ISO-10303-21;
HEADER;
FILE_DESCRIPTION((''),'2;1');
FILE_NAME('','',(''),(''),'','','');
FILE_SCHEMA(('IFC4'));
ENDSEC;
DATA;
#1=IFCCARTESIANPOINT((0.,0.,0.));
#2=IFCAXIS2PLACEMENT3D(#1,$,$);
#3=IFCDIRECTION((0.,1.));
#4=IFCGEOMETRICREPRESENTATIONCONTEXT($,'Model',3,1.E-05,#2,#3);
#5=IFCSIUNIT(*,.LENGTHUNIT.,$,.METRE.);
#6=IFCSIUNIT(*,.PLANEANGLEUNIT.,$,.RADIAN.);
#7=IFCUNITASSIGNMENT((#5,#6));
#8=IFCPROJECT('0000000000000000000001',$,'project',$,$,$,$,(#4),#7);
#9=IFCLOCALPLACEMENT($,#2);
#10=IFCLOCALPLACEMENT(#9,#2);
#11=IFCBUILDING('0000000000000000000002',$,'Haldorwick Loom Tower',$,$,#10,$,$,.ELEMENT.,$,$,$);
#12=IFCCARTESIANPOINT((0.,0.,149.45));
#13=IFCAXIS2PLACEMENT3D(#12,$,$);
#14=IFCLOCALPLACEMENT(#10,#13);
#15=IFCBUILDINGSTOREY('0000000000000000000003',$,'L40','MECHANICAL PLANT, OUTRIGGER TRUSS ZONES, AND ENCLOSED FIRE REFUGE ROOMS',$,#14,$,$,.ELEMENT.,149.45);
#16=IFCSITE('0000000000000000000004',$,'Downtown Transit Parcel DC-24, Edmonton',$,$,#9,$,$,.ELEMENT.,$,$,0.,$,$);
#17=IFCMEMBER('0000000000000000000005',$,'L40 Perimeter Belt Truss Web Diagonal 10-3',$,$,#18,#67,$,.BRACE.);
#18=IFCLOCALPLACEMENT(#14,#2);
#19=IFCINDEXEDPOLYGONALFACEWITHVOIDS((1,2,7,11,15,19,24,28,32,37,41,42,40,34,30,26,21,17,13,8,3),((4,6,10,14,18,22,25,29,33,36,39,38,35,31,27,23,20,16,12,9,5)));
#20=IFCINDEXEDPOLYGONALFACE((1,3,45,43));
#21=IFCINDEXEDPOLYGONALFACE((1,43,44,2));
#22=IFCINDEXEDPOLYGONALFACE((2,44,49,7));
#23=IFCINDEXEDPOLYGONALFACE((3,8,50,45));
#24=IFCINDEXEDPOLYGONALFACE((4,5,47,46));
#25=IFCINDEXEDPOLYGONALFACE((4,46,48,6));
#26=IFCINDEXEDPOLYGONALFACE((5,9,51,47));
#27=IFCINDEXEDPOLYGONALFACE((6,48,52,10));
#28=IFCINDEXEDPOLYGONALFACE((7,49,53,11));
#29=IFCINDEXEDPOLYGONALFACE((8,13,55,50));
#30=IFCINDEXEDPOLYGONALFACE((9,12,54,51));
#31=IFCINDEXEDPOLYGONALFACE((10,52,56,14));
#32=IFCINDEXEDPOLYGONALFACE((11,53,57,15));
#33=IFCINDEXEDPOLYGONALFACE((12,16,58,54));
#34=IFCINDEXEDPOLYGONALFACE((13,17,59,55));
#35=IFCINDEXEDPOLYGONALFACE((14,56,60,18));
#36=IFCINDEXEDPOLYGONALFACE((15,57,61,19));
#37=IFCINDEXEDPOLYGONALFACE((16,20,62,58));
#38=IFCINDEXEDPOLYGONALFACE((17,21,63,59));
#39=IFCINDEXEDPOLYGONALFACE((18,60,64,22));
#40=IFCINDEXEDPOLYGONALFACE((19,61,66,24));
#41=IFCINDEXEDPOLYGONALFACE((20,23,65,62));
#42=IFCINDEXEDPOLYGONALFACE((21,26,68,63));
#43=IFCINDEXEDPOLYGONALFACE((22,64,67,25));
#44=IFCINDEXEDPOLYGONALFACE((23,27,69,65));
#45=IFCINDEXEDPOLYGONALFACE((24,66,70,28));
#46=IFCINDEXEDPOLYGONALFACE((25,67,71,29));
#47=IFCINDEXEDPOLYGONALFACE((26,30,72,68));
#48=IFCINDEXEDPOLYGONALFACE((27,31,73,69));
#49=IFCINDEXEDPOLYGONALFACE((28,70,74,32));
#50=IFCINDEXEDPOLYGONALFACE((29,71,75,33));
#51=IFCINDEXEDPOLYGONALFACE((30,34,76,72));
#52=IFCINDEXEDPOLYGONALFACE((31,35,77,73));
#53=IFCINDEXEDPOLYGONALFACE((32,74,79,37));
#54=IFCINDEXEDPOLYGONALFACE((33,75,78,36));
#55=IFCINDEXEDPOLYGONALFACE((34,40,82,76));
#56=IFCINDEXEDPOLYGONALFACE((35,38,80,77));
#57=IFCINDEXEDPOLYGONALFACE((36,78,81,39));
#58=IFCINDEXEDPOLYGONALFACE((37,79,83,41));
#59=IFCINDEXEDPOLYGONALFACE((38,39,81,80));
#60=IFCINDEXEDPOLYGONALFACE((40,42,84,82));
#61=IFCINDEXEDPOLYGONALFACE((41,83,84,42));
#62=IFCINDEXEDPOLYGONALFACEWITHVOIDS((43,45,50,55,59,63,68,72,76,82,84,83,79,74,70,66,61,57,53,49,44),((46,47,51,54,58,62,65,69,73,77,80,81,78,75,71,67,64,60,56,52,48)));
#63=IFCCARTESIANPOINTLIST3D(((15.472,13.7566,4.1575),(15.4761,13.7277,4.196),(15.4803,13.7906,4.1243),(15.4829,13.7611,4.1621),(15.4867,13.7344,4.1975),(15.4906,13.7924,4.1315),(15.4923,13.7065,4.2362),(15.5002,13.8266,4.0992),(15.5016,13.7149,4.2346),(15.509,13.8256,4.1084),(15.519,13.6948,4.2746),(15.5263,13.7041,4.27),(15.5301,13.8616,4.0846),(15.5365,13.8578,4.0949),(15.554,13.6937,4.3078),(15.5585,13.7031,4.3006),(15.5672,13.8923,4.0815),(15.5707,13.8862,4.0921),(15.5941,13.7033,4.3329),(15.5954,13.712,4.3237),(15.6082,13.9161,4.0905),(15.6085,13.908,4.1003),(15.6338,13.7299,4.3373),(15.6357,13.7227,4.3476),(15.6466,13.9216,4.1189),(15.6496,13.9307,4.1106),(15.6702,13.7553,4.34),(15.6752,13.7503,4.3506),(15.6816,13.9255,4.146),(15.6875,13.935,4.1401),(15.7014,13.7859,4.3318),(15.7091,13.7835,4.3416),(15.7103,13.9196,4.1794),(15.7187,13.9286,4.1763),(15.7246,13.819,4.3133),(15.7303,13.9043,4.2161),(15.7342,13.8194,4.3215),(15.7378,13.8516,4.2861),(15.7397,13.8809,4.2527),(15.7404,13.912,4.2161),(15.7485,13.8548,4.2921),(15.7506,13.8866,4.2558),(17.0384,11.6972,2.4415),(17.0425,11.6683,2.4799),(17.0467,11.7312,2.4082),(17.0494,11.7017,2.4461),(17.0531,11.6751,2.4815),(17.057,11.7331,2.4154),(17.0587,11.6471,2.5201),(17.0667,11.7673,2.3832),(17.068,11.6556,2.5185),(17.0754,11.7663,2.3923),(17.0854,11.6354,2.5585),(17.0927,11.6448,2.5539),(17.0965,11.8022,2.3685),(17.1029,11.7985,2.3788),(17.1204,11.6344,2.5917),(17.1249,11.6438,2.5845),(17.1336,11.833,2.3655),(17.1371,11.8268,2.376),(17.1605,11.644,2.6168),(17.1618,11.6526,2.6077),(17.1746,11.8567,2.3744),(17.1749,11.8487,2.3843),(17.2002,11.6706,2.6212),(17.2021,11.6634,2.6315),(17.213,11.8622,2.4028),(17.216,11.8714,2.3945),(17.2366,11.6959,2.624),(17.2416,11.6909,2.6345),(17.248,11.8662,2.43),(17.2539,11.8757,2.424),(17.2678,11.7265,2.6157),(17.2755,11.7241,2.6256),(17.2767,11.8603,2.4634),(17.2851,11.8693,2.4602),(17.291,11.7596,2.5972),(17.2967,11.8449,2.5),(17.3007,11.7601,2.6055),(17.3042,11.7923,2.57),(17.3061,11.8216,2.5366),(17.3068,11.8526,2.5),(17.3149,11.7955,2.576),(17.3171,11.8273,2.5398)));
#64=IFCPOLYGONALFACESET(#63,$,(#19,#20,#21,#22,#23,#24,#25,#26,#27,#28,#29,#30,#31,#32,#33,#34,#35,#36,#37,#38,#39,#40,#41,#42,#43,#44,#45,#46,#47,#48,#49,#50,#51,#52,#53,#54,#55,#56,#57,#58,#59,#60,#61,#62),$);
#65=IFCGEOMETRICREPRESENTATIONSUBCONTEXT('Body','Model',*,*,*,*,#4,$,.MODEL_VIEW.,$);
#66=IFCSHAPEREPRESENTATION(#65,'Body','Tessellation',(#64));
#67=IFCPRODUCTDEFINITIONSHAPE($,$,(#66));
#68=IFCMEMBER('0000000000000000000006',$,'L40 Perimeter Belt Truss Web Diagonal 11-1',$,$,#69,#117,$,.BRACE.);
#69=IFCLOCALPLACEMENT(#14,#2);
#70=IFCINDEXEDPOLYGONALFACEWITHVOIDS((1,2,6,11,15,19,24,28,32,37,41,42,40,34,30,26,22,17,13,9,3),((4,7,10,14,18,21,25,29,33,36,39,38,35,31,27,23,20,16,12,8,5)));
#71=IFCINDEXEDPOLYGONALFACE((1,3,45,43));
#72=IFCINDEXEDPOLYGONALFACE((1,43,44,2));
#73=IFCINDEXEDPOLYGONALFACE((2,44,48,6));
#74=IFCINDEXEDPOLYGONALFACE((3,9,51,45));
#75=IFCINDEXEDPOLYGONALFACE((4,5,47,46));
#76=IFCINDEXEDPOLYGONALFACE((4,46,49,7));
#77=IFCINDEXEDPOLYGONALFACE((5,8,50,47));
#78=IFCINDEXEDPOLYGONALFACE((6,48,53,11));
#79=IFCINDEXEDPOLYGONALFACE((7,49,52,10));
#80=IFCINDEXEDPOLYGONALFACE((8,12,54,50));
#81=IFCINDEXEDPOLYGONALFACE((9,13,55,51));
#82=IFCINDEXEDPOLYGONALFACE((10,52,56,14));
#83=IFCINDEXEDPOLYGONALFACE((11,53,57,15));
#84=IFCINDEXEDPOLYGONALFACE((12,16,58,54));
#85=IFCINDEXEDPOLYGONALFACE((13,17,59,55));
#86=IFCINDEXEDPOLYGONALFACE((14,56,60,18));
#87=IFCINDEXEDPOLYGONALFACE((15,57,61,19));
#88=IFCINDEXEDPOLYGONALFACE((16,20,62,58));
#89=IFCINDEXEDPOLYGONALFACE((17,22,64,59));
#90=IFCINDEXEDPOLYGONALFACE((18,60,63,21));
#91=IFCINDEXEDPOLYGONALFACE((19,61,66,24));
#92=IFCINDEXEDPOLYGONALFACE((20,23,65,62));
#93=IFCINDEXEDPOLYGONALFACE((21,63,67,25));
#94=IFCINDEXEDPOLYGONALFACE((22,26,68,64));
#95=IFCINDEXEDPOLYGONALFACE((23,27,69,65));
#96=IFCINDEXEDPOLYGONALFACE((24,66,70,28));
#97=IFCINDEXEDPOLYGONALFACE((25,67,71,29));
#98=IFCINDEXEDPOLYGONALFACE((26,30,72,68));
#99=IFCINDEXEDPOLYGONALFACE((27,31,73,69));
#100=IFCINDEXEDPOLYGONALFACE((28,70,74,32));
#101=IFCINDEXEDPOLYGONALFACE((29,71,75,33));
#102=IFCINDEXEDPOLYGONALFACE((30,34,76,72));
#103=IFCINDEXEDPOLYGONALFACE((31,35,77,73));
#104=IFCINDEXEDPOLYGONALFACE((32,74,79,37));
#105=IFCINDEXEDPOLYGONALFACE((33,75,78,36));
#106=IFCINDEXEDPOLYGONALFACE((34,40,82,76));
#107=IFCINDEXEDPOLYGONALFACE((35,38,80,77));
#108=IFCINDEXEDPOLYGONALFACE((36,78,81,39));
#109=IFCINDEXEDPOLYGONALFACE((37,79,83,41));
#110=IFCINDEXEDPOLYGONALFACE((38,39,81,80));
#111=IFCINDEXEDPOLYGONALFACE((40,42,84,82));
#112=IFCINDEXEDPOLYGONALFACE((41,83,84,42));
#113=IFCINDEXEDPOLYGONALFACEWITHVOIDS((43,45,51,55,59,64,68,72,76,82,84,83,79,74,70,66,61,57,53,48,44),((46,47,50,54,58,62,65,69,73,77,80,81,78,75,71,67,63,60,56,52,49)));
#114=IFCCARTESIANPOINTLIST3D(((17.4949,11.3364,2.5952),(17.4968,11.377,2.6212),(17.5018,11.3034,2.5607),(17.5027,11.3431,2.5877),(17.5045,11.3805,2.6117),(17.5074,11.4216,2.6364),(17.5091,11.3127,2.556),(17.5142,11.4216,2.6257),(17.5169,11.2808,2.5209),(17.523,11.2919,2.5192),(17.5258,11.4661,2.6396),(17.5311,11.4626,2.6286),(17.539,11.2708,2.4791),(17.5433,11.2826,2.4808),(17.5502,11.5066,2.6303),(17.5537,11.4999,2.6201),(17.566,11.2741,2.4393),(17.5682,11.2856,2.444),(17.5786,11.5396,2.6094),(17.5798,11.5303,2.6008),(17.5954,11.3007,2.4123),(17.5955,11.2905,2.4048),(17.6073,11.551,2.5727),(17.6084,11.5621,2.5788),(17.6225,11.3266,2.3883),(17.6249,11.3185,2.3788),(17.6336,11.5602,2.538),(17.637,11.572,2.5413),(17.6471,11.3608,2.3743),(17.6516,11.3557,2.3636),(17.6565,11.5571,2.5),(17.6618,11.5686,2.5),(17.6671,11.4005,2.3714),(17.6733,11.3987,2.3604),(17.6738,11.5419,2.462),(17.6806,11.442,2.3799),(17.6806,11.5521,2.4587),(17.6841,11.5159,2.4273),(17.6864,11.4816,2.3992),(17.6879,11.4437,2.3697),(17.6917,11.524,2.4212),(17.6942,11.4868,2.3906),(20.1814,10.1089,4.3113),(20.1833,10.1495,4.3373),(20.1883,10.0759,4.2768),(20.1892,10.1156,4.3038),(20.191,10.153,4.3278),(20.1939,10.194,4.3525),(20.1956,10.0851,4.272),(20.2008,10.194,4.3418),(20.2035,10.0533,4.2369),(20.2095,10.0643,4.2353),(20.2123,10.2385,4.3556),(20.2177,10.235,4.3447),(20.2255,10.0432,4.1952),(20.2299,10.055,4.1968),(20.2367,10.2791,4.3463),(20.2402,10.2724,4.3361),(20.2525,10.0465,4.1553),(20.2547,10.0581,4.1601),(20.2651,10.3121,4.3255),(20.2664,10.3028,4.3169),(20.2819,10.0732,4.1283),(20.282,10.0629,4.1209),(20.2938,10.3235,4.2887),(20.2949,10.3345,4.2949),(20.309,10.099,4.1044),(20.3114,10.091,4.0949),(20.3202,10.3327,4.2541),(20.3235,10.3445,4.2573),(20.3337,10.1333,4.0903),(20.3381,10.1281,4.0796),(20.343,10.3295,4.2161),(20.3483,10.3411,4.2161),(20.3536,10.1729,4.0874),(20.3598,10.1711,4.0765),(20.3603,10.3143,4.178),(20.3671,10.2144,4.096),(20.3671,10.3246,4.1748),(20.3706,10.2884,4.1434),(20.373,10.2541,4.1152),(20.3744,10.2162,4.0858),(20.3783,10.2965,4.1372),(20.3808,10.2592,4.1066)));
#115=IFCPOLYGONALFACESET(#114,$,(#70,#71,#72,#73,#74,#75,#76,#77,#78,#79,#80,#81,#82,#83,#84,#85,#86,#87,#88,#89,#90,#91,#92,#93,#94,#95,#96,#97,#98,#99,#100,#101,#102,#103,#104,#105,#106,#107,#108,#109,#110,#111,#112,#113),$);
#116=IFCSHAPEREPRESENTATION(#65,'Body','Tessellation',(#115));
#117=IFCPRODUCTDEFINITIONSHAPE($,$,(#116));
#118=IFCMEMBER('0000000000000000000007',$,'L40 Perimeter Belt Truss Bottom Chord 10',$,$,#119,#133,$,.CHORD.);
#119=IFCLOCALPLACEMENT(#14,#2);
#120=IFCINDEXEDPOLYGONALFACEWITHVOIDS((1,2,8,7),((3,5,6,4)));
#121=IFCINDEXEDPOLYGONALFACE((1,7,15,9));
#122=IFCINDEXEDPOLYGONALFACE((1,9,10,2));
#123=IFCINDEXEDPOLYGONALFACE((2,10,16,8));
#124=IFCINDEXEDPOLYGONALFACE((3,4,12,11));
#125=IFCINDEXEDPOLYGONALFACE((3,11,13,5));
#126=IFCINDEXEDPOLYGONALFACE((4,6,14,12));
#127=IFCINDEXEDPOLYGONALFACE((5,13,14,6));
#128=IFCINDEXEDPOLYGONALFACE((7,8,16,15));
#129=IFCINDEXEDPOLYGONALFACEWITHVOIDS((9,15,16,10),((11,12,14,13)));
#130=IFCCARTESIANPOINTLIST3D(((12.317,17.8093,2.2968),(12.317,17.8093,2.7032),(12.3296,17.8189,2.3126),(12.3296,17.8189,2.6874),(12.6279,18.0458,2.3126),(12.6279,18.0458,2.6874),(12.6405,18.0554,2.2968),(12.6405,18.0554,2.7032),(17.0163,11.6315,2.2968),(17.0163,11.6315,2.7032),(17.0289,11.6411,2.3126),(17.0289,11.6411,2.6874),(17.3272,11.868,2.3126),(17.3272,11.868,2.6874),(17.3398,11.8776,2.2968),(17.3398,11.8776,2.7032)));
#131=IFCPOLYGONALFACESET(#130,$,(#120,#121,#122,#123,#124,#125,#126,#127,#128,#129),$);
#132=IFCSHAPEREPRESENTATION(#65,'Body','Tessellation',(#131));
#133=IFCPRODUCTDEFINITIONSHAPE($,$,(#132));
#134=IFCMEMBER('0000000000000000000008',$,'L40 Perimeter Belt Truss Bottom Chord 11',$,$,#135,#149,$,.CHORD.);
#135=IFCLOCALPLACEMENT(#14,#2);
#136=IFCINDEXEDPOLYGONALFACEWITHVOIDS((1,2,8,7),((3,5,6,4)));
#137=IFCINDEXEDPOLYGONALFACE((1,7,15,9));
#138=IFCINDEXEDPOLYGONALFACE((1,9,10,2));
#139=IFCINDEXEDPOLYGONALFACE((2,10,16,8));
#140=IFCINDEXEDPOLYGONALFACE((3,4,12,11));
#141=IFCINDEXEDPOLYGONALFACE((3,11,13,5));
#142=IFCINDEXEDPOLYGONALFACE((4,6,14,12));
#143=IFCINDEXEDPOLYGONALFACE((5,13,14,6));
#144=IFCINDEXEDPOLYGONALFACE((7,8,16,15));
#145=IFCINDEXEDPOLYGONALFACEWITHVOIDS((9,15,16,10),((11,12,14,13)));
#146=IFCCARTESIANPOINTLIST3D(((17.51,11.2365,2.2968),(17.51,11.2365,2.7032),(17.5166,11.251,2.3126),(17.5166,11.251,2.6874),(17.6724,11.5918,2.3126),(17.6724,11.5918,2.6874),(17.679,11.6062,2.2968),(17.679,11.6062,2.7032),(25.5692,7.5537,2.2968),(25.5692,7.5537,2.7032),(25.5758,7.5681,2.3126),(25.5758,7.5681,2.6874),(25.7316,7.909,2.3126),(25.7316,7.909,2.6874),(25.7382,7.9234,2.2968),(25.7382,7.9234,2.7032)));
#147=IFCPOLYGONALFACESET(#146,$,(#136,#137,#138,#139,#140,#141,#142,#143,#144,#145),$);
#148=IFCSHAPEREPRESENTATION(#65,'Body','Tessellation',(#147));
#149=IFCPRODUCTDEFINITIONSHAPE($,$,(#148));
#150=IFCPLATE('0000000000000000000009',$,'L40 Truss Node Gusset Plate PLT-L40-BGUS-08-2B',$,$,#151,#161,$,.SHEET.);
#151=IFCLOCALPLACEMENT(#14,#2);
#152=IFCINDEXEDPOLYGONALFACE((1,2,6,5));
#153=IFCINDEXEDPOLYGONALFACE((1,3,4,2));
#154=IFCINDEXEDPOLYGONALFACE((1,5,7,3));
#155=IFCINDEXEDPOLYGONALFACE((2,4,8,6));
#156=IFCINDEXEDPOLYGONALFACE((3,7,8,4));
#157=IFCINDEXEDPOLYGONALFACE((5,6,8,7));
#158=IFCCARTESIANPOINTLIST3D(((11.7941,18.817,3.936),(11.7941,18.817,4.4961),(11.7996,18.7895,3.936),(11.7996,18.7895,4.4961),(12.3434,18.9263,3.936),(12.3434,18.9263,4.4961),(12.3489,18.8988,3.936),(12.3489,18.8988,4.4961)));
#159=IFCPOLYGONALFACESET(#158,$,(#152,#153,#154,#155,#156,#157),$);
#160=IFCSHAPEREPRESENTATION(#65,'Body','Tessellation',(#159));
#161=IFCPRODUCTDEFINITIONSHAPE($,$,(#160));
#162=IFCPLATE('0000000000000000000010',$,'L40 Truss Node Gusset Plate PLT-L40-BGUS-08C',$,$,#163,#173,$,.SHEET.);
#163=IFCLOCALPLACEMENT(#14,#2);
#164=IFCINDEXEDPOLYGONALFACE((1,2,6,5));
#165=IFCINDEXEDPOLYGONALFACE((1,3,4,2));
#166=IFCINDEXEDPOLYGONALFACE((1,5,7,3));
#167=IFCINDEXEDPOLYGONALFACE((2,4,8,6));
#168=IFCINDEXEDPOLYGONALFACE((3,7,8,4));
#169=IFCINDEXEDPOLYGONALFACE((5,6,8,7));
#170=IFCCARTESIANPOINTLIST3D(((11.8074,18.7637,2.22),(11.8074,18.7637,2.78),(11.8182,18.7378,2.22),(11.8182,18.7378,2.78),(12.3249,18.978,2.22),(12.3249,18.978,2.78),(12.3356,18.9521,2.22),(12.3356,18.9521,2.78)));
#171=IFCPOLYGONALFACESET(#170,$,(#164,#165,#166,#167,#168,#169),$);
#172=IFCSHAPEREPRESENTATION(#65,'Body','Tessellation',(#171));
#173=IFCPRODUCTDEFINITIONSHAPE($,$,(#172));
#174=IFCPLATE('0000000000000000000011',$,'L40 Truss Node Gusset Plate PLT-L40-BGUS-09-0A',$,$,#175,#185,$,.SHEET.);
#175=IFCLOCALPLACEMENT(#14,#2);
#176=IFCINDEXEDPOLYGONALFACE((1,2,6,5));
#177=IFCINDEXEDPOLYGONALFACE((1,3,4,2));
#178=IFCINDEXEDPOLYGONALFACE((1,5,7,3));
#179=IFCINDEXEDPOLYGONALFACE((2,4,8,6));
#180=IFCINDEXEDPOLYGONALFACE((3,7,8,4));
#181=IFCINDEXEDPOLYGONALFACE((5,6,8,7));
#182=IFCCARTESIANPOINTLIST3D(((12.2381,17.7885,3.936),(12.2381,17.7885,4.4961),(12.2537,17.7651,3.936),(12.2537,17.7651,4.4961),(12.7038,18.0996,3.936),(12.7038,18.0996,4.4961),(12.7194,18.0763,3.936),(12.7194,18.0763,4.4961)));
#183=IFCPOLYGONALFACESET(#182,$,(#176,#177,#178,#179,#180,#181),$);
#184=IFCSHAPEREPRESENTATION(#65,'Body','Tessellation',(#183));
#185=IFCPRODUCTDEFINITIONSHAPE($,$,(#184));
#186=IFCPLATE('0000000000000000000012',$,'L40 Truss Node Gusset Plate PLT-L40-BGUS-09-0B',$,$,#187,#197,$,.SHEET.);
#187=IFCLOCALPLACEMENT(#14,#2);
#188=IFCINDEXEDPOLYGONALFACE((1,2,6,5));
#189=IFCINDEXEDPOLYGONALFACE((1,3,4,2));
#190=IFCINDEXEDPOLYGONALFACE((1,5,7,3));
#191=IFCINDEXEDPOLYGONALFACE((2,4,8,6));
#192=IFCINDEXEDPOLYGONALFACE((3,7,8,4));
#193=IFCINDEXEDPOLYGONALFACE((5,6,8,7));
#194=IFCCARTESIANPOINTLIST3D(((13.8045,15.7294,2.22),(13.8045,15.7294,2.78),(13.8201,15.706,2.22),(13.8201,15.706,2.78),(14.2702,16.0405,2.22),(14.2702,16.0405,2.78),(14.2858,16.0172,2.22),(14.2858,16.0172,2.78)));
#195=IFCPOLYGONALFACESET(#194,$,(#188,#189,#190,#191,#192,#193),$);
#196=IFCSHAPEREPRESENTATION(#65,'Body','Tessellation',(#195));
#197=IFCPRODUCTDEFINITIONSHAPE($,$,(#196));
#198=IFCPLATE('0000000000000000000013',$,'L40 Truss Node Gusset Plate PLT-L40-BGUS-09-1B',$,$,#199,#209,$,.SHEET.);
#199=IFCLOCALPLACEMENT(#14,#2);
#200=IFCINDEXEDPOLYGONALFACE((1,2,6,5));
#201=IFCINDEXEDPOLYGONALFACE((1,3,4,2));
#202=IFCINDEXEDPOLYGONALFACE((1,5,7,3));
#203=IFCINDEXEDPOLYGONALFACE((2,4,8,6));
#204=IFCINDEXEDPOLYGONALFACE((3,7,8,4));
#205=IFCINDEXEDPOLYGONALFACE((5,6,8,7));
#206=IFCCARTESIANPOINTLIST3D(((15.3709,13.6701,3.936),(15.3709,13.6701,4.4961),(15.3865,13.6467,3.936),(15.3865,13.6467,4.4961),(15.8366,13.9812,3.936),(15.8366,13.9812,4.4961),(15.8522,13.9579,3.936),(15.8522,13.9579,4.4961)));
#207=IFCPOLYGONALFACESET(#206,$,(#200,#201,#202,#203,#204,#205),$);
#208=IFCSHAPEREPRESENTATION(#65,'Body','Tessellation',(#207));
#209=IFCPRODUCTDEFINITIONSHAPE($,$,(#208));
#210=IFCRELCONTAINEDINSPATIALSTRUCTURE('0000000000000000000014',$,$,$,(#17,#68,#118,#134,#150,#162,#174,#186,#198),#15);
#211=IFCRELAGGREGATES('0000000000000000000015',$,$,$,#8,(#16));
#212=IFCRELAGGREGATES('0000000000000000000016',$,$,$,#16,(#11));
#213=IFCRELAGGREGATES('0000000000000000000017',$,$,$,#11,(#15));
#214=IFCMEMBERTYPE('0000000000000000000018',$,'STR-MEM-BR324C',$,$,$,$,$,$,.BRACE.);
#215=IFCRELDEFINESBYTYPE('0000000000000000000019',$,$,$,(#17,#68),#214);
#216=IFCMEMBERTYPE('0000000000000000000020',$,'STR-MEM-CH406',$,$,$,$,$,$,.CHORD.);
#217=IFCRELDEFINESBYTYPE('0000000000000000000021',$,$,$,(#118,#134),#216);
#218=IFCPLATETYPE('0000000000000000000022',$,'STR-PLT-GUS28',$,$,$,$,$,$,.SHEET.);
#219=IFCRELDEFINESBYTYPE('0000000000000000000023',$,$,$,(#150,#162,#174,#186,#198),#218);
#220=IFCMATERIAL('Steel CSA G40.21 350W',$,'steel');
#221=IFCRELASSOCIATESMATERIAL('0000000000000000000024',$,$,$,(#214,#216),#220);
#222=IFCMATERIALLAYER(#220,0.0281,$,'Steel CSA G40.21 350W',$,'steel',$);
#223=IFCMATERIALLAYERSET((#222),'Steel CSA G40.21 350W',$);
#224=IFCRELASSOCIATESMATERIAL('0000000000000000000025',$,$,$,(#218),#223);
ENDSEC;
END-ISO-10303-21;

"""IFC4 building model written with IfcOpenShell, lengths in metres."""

from ifc_helpers import new_model, si_unit, direction, frame, origin, origin_2d, place, context, subcontext, project, spatial, rectangle, hollow_rectangle, hollow_circle, extrude, material, layer, layer_set, material_profile, profile_set, type_object, element, save


model = new_model("IFC4")

# Units and contexts
model_context = context("Model", 3, precision=1e-05, world=origin(), true_north=direction((0.0, 1.0)))
body_context = subcontext(model_context, "Body", "Model", "MODEL_VIEW")
ifc_project = project(units=[si_unit("LENGTHUNIT", "METRE"), si_unit("PLANEANGLEUNIT", "RADIAN")], contexts=[model_context])

# Site, building, storey
site_placement = place(None, origin())
site = spatial("IfcSite", under=ifc_project, at=site_placement, Name="Downtown Transit Parcel DC-24, Edmonton", CompositionType="ELEMENT", RefElevation=0.0)
building_placement = place(site_placement, origin())
building = spatial("IfcBuilding", under=site, at=building_placement, Name="Haldorwick Loom Tower", CompositionType="ELEMENT")
storey_placement = place(building_placement, frame((0.0, 0.0, 149.45)))
storey = spatial("IfcBuildingStorey", under=building, at=storey_placement, Name="L40", Description="MECHANICAL PLANT, OUTRIGGER TRUSS ZONES, AND ENCLOSED FIRE REFUGE ROOMS", CompositionType="ELEMENT", Elevation=149.45)

# Shared definitions
ifc_material_1 = material(Name="Steel CSA G40.21 350W", Category="steel")

# Members
ifc_material_profile_1 = material_profile(ifc_material_1, hollow_circle(Radius=0.1619, WallThickness=0.0127, at=origin_2d()), Name="HSS324X13", Category="steel")
ifc_profile_set_1 = profile_set([ifc_material_profile_1], Name="Steel CSA G40.21 350W")
member_type_1 = type_object("IfcMemberType", Name="STR-MEM-BR324C", PredefinedType="BRACE", material=ifc_profile_set_1)
for number, where, z_axis, x_axis, name in (
    (1, (15.6116, 13.814, 4.2161), (0.504523, -0.663287, -0.552726), (0.795917, 0.605406, 0.0), "L40 Perimeter Belt Truss Web Diagonal 10-3"),
):
    element("IfcMember", number, at=place(storey_placement, frame(where, z_axis=z_axis, x_axis=x_axis)), inside=storey, type_object=member_type_1, Name=name, PredefinedType="BRACE", context=body_context, shape_type="SweptSolid", body=[
        extrude(hollow_circle(Radius=0.1619, WallThickness=0.0127, at=origin_2d()), origin(), (0.0, 0.0, 1.0), 3.1047),
    ])
member_1_placement = place(storey_placement, frame((17.5945, 11.4214, 2.5), z_axis=(0.78645, -0.359349, 0.502359), x_axis=(0.415596, 0.909549, 0.0)))
element("IfcMember", 2, at=member_1_placement, inside=storey, type_object=member_type_1, Name="L40 Perimeter Belt Truss Web Diagonal 11-1", PredefinedType="BRACE", context=body_context, shape_type="SweptSolid", body=[
    extrude(hollow_circle(Radius=0.1619, WallThickness=0.0127, at=origin_2d()), origin(), (0.0, 0.0, 1.0), 3.416),
])
ifc_material_profile_2 = material_profile(ifc_material_1, hollow_rectangle(XDim=0.4065, YDim=0.4065, WallThickness=0.0159, at=origin_2d()), Name="HSS406X406X16", Category="steel")
ifc_profile_set_2 = profile_set([ifc_material_profile_2], Name="Steel CSA G40.21 350W")
member_type_2 = type_object("IfcMemberType", Name="STR-MEM-CH406", PredefinedType="CHORD", material=ifc_profile_set_2)
member_2_placement = place(storey_placement, frame((12.4788, 17.9324, 2.5), z_axis=(0.605421, -0.795905, 0.0), x_axis=(0.795905, 0.605421, 0.0)))
element("IfcMember", 3, at=member_2_placement, inside=storey, type_object=member_type_2, Name="L40 Perimeter Belt Truss Bottom Chord 10", PredefinedType="CHORD", context=body_context, shape_type="SweptSolid", body=[
    extrude(hollow_rectangle(XDim=0.4065, YDim=0.4065, WallThickness=0.0159, at=origin_2d()), origin(), (0.0, 0.0, 1.0), 7.762),
])
member_3_placement = place(storey_placement, frame((17.5945, 11.4214, 2.5), z_axis=(0.909534, -0.415629, 0.0), x_axis=(0.415629, 0.909534, 0.0)))
element("IfcMember", 4, at=member_3_placement, inside=storey, type_object=member_type_2, Name="L40 Perimeter Belt Truss Bottom Chord 11", PredefinedType="CHORD", context=body_context, shape_type="SweptSolid", body=[
    extrude(hollow_rectangle(XDim=0.4065, YDim=0.4065, WallThickness=0.0159, at=origin_2d()), origin(), (0.0, 0.0, 1.0), 8.8608),
])

# Plates
ifc_layer_1 = layer(ifc_material_1, 0.0281, Name="Steel CSA G40.21 350W", Category="steel")
ifc_layer_set_1 = layer_set([ifc_layer_1], Name="Steel CSA G40.21 350W")
plate_type = type_object("IfcPlateType", Name="STR-PLT-GUS28", PredefinedType="SHEET", material=ifc_layer_set_1)
for number, where, z_axis, x_axis, name in (
    (5, (12.0715, 18.8579, 3.936), (0.0, 0.0, 1.0), (-0.980785, -0.19509, 0.0), "L40 Truss Node Gusset Plate PLT-L40-BGUS-08-2B"),
    (6, (12.0715, 18.8579, 2.22), (0.0, 0.0, 1.0), (-0.92388, -0.382683, 0.0), "L40 Truss Node Gusset Plate PLT-L40-BGUS-08C"),
    (7, (12.4788, 17.9324, 3.936), (0.0, 0.0, 1.0), (-0.83147, -0.55557, 0.0), "L40 Truss Node Gusset Plate PLT-L40-BGUS-09-0A"),
    (8, (14.0452, 15.8733, 2.22), (0.0, 0.0, 1.0), (-0.83147, -0.55557, 0.0), "L40 Truss Node Gusset Plate PLT-L40-BGUS-09-0B"),
    (9, (15.6116, 13.814, 3.936), (0.0, 0.0, 1.0), (-0.83147, -0.55557, 0.0), "L40 Truss Node Gusset Plate PLT-L40-BGUS-09-1B"),
):
    element("IfcPlate", number, at=place(storey_placement, frame(where, z_axis=z_axis, x_axis=x_axis)), inside=storey, type_object=plate_type, Name=name, PredefinedType="SHEET", context=body_context, shape_type="SweptSolid", body=[
        extrude(rectangle(XDim=0.5601, YDim=0.0281, at=origin_2d()), origin(), (0.0, 0.0, 1.0), 0.5601),
    ])

save(model, "model.ifc")
